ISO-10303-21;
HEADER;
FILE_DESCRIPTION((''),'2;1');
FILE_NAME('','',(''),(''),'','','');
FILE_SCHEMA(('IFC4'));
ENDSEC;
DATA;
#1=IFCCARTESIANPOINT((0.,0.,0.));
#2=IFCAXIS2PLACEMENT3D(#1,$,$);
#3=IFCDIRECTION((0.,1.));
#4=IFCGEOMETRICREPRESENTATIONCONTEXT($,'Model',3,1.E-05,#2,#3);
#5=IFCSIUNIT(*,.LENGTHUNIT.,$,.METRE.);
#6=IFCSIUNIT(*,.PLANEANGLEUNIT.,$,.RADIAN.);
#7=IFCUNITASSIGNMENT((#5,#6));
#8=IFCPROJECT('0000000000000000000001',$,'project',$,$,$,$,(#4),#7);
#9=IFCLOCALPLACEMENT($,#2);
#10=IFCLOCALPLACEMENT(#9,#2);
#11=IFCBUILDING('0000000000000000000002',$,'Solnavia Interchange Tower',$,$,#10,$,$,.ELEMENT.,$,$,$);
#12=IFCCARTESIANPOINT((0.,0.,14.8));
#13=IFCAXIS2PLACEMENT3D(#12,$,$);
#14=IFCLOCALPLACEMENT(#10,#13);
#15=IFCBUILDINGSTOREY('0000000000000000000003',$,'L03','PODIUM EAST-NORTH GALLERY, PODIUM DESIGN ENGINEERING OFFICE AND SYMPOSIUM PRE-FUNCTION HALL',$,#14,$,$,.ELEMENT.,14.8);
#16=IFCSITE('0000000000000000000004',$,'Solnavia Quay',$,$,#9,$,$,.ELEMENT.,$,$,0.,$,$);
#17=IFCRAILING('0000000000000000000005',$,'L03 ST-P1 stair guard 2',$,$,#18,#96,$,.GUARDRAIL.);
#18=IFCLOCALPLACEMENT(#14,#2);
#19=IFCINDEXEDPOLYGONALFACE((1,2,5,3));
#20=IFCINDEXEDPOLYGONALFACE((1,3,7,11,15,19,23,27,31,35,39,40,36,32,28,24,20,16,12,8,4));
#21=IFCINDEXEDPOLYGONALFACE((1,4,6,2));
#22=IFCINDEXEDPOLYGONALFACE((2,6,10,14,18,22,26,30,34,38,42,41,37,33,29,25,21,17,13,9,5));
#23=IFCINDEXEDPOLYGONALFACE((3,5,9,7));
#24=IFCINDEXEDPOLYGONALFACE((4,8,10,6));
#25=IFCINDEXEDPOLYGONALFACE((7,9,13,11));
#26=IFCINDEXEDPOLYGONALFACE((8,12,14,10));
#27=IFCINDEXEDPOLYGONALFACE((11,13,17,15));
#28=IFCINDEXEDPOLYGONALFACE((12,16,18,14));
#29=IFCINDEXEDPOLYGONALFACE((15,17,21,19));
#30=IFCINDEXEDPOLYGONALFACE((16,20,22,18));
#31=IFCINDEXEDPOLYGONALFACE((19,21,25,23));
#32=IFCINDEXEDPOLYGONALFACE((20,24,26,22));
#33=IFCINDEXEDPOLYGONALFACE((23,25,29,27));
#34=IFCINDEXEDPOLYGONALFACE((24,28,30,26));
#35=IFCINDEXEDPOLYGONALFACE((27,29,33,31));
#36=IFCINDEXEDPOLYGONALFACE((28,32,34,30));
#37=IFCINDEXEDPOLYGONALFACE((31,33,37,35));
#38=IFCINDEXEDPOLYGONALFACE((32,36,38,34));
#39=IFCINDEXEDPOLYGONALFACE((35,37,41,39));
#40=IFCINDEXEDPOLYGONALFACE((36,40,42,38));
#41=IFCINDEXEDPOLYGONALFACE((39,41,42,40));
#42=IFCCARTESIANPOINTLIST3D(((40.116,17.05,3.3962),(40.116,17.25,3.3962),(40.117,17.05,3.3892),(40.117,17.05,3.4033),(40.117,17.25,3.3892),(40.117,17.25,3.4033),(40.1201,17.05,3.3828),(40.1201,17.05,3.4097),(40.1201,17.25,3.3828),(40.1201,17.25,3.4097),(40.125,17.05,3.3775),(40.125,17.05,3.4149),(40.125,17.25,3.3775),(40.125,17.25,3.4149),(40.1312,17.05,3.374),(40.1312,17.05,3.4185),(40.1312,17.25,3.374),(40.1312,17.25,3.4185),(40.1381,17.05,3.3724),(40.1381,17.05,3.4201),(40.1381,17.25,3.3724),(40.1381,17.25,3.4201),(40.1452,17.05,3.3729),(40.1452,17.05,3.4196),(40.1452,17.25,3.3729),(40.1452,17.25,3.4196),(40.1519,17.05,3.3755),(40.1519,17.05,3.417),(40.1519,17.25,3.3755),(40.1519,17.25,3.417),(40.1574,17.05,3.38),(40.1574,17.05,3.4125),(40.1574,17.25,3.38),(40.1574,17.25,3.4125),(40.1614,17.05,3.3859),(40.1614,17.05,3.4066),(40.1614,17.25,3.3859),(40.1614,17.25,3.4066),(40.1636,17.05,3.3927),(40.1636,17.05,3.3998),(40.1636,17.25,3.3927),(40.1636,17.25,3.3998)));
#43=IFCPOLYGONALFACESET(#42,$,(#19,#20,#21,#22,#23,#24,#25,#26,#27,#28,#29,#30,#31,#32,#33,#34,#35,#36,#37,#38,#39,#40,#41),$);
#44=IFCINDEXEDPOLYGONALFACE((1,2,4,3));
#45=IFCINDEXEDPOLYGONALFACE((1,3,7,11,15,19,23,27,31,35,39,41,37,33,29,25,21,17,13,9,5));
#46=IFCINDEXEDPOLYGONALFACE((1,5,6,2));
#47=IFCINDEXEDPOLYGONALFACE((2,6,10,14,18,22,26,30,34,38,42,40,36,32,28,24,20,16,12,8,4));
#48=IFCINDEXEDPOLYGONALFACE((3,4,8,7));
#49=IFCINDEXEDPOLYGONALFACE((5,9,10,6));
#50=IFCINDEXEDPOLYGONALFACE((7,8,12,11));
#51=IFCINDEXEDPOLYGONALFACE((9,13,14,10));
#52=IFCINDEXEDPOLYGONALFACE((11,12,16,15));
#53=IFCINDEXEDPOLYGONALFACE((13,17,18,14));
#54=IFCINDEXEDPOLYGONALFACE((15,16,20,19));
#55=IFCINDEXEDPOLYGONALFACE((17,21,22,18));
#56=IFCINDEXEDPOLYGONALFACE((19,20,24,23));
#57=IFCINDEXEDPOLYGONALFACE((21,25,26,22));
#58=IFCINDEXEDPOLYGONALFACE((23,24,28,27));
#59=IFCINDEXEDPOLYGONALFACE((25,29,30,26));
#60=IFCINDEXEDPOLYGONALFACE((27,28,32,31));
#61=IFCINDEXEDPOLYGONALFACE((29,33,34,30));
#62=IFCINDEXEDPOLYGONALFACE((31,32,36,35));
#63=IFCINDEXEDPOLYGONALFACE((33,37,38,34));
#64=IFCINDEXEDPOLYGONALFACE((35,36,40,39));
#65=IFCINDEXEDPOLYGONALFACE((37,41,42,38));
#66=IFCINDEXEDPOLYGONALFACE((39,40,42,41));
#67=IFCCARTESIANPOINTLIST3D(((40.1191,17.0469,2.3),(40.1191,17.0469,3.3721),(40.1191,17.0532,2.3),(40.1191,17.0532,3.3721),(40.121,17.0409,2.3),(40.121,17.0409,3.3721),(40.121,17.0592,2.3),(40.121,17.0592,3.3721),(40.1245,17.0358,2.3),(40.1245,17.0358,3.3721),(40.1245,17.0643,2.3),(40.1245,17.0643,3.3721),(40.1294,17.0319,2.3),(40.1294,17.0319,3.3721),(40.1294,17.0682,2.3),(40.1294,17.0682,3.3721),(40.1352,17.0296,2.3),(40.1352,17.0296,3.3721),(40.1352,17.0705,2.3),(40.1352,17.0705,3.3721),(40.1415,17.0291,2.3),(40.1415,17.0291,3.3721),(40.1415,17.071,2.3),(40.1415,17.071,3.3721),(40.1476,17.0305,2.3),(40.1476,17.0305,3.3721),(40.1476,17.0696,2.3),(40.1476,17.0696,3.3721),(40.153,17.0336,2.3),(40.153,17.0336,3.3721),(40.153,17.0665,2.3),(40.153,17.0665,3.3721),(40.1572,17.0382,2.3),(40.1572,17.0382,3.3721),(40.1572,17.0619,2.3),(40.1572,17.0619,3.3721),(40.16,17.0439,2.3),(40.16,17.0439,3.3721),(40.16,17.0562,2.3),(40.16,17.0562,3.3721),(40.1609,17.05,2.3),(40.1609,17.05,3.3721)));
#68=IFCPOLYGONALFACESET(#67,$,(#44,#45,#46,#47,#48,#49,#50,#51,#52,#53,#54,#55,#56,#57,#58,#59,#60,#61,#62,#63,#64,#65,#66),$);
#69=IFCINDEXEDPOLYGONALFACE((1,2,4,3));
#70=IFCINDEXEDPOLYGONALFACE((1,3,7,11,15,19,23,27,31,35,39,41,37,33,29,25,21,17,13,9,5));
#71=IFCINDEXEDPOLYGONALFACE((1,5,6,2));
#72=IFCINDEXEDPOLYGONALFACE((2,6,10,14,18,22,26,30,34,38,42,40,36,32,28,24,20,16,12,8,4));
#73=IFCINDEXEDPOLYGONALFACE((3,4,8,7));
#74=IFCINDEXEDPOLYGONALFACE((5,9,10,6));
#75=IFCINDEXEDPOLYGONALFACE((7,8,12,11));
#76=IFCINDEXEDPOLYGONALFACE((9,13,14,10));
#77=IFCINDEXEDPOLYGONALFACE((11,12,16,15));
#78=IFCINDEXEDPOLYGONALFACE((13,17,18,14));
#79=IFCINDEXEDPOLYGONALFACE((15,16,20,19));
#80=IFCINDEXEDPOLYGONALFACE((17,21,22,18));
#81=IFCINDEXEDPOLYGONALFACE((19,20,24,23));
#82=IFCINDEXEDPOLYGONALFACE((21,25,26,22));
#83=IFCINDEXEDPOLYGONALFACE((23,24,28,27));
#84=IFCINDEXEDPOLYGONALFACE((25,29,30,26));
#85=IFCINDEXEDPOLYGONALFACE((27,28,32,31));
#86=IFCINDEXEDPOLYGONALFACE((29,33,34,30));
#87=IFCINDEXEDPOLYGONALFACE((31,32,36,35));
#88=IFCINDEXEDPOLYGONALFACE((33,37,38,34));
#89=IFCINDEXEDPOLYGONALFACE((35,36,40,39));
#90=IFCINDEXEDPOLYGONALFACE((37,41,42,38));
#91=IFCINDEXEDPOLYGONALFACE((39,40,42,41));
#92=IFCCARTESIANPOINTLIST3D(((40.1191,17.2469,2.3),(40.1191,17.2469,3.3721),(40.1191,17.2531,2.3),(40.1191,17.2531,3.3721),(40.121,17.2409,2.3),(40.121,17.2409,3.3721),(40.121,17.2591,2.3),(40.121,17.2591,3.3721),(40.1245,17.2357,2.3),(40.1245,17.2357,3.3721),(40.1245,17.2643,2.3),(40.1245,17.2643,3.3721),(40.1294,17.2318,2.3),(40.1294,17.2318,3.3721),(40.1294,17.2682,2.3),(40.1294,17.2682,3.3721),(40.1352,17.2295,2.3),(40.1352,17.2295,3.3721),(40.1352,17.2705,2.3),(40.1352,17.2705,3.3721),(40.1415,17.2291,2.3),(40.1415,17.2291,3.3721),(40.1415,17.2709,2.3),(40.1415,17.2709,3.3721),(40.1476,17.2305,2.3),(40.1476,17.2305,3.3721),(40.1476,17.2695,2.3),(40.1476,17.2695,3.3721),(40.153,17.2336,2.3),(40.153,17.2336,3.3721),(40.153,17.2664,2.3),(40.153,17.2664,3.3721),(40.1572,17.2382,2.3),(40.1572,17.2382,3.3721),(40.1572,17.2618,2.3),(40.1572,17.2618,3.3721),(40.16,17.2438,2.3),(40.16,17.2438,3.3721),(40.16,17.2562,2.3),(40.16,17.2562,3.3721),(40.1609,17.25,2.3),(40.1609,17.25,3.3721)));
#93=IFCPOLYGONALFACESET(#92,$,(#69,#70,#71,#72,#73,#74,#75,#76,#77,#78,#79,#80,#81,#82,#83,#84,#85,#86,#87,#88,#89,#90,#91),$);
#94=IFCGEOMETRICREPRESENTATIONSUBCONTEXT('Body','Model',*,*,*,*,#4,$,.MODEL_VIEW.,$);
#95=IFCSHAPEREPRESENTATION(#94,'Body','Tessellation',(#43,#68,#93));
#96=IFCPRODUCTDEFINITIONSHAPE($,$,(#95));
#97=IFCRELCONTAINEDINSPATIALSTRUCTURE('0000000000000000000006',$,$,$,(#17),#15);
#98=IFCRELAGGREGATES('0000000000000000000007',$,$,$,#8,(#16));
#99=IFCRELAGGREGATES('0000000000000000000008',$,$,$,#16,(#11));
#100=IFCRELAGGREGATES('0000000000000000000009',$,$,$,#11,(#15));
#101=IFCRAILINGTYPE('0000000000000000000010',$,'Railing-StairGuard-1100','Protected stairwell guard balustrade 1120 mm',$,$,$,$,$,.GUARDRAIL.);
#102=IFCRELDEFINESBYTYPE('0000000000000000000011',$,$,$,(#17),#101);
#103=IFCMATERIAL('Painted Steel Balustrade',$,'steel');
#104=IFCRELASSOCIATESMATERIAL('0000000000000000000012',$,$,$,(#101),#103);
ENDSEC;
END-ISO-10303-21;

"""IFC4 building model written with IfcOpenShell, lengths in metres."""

from ifc_helpers import new_model, si_unit, direction, frame, origin, origin_2d, place, context, subcontext, project, spatial, circle, extrude, material, type_object, element, save


model = new_model("IFC4")

# Units and contexts
model_context = context("Model", 3, precision=1e-05, world=origin(), true_north=direction((0.0, 1.0)))
body_context = subcontext(model_context, "Body", "Model", "MODEL_VIEW")
ifc_project = project(units=[si_unit("LENGTHUNIT", "METRE"), si_unit("PLANEANGLEUNIT", "RADIAN")], contexts=[model_context])

# Site, building, storey
site_placement = place(None, origin())
site = spatial("IfcSite", under=ifc_project, at=site_placement, Name="Solnavia Quay", CompositionType="ELEMENT", RefElevation=0.0)
building_placement = place(site_placement, origin())
building = spatial("IfcBuilding", under=site, at=building_placement, Name="Solnavia Interchange Tower", CompositionType="ELEMENT")
storey_placement = place(building_placement, frame((0.0, 0.0, 14.8)))
storey = spatial("IfcBuildingStorey", under=building, at=storey_placement, Name="L03", Description="PODIUM EAST-NORTH GALLERY, PODIUM DESIGN ENGINEERING OFFICE AND SYMPOSIUM PRE-FUNCTION HALL", CompositionType="ELEMENT", Elevation=14.8)

# Railing
ifc_material_1 = material(Name="Painted Steel Balustrade", Category="steel")
railing_type_1 = type_object("IfcRailingType", Name="Railing-StairGuard-1100", Description="Protected stairwell guard balustrade 1120 mm", PredefinedType="GUARDRAIL", material=ifc_material_1)
railing_1_placement = place(storey_placement, frame((40.1399, 17.05, 2.3)))
element("IfcRailing", 1, at=railing_1_placement, inside=storey, type_object=railing_type_1, Name="L03 ST-P1 stair guard 2", PredefinedType="GUARDRAIL", context=body_context, shape_type="SweptSolid", body=[
    extrude(circle(Radius=0.0239, at=origin_2d()), frame((0.0, 0.0, 1.0962), z_axis=(0.0, 1.0, 0.0), x_axis=(-1.0, 0.0, 0.0)), (0.0, 0.0, 1.0), 0.2),
    extrude(circle(Radius=0.021, at=origin_2d()), origin(), (0.0, 0.0, 1.0), 1.072),
    extrude(circle(Radius=0.021, at=origin_2d()), frame((0.0, 0.2, 0.0)), (0.0, 0.0, 1.0), 1.072),
])

save(model, "model.ifc")
